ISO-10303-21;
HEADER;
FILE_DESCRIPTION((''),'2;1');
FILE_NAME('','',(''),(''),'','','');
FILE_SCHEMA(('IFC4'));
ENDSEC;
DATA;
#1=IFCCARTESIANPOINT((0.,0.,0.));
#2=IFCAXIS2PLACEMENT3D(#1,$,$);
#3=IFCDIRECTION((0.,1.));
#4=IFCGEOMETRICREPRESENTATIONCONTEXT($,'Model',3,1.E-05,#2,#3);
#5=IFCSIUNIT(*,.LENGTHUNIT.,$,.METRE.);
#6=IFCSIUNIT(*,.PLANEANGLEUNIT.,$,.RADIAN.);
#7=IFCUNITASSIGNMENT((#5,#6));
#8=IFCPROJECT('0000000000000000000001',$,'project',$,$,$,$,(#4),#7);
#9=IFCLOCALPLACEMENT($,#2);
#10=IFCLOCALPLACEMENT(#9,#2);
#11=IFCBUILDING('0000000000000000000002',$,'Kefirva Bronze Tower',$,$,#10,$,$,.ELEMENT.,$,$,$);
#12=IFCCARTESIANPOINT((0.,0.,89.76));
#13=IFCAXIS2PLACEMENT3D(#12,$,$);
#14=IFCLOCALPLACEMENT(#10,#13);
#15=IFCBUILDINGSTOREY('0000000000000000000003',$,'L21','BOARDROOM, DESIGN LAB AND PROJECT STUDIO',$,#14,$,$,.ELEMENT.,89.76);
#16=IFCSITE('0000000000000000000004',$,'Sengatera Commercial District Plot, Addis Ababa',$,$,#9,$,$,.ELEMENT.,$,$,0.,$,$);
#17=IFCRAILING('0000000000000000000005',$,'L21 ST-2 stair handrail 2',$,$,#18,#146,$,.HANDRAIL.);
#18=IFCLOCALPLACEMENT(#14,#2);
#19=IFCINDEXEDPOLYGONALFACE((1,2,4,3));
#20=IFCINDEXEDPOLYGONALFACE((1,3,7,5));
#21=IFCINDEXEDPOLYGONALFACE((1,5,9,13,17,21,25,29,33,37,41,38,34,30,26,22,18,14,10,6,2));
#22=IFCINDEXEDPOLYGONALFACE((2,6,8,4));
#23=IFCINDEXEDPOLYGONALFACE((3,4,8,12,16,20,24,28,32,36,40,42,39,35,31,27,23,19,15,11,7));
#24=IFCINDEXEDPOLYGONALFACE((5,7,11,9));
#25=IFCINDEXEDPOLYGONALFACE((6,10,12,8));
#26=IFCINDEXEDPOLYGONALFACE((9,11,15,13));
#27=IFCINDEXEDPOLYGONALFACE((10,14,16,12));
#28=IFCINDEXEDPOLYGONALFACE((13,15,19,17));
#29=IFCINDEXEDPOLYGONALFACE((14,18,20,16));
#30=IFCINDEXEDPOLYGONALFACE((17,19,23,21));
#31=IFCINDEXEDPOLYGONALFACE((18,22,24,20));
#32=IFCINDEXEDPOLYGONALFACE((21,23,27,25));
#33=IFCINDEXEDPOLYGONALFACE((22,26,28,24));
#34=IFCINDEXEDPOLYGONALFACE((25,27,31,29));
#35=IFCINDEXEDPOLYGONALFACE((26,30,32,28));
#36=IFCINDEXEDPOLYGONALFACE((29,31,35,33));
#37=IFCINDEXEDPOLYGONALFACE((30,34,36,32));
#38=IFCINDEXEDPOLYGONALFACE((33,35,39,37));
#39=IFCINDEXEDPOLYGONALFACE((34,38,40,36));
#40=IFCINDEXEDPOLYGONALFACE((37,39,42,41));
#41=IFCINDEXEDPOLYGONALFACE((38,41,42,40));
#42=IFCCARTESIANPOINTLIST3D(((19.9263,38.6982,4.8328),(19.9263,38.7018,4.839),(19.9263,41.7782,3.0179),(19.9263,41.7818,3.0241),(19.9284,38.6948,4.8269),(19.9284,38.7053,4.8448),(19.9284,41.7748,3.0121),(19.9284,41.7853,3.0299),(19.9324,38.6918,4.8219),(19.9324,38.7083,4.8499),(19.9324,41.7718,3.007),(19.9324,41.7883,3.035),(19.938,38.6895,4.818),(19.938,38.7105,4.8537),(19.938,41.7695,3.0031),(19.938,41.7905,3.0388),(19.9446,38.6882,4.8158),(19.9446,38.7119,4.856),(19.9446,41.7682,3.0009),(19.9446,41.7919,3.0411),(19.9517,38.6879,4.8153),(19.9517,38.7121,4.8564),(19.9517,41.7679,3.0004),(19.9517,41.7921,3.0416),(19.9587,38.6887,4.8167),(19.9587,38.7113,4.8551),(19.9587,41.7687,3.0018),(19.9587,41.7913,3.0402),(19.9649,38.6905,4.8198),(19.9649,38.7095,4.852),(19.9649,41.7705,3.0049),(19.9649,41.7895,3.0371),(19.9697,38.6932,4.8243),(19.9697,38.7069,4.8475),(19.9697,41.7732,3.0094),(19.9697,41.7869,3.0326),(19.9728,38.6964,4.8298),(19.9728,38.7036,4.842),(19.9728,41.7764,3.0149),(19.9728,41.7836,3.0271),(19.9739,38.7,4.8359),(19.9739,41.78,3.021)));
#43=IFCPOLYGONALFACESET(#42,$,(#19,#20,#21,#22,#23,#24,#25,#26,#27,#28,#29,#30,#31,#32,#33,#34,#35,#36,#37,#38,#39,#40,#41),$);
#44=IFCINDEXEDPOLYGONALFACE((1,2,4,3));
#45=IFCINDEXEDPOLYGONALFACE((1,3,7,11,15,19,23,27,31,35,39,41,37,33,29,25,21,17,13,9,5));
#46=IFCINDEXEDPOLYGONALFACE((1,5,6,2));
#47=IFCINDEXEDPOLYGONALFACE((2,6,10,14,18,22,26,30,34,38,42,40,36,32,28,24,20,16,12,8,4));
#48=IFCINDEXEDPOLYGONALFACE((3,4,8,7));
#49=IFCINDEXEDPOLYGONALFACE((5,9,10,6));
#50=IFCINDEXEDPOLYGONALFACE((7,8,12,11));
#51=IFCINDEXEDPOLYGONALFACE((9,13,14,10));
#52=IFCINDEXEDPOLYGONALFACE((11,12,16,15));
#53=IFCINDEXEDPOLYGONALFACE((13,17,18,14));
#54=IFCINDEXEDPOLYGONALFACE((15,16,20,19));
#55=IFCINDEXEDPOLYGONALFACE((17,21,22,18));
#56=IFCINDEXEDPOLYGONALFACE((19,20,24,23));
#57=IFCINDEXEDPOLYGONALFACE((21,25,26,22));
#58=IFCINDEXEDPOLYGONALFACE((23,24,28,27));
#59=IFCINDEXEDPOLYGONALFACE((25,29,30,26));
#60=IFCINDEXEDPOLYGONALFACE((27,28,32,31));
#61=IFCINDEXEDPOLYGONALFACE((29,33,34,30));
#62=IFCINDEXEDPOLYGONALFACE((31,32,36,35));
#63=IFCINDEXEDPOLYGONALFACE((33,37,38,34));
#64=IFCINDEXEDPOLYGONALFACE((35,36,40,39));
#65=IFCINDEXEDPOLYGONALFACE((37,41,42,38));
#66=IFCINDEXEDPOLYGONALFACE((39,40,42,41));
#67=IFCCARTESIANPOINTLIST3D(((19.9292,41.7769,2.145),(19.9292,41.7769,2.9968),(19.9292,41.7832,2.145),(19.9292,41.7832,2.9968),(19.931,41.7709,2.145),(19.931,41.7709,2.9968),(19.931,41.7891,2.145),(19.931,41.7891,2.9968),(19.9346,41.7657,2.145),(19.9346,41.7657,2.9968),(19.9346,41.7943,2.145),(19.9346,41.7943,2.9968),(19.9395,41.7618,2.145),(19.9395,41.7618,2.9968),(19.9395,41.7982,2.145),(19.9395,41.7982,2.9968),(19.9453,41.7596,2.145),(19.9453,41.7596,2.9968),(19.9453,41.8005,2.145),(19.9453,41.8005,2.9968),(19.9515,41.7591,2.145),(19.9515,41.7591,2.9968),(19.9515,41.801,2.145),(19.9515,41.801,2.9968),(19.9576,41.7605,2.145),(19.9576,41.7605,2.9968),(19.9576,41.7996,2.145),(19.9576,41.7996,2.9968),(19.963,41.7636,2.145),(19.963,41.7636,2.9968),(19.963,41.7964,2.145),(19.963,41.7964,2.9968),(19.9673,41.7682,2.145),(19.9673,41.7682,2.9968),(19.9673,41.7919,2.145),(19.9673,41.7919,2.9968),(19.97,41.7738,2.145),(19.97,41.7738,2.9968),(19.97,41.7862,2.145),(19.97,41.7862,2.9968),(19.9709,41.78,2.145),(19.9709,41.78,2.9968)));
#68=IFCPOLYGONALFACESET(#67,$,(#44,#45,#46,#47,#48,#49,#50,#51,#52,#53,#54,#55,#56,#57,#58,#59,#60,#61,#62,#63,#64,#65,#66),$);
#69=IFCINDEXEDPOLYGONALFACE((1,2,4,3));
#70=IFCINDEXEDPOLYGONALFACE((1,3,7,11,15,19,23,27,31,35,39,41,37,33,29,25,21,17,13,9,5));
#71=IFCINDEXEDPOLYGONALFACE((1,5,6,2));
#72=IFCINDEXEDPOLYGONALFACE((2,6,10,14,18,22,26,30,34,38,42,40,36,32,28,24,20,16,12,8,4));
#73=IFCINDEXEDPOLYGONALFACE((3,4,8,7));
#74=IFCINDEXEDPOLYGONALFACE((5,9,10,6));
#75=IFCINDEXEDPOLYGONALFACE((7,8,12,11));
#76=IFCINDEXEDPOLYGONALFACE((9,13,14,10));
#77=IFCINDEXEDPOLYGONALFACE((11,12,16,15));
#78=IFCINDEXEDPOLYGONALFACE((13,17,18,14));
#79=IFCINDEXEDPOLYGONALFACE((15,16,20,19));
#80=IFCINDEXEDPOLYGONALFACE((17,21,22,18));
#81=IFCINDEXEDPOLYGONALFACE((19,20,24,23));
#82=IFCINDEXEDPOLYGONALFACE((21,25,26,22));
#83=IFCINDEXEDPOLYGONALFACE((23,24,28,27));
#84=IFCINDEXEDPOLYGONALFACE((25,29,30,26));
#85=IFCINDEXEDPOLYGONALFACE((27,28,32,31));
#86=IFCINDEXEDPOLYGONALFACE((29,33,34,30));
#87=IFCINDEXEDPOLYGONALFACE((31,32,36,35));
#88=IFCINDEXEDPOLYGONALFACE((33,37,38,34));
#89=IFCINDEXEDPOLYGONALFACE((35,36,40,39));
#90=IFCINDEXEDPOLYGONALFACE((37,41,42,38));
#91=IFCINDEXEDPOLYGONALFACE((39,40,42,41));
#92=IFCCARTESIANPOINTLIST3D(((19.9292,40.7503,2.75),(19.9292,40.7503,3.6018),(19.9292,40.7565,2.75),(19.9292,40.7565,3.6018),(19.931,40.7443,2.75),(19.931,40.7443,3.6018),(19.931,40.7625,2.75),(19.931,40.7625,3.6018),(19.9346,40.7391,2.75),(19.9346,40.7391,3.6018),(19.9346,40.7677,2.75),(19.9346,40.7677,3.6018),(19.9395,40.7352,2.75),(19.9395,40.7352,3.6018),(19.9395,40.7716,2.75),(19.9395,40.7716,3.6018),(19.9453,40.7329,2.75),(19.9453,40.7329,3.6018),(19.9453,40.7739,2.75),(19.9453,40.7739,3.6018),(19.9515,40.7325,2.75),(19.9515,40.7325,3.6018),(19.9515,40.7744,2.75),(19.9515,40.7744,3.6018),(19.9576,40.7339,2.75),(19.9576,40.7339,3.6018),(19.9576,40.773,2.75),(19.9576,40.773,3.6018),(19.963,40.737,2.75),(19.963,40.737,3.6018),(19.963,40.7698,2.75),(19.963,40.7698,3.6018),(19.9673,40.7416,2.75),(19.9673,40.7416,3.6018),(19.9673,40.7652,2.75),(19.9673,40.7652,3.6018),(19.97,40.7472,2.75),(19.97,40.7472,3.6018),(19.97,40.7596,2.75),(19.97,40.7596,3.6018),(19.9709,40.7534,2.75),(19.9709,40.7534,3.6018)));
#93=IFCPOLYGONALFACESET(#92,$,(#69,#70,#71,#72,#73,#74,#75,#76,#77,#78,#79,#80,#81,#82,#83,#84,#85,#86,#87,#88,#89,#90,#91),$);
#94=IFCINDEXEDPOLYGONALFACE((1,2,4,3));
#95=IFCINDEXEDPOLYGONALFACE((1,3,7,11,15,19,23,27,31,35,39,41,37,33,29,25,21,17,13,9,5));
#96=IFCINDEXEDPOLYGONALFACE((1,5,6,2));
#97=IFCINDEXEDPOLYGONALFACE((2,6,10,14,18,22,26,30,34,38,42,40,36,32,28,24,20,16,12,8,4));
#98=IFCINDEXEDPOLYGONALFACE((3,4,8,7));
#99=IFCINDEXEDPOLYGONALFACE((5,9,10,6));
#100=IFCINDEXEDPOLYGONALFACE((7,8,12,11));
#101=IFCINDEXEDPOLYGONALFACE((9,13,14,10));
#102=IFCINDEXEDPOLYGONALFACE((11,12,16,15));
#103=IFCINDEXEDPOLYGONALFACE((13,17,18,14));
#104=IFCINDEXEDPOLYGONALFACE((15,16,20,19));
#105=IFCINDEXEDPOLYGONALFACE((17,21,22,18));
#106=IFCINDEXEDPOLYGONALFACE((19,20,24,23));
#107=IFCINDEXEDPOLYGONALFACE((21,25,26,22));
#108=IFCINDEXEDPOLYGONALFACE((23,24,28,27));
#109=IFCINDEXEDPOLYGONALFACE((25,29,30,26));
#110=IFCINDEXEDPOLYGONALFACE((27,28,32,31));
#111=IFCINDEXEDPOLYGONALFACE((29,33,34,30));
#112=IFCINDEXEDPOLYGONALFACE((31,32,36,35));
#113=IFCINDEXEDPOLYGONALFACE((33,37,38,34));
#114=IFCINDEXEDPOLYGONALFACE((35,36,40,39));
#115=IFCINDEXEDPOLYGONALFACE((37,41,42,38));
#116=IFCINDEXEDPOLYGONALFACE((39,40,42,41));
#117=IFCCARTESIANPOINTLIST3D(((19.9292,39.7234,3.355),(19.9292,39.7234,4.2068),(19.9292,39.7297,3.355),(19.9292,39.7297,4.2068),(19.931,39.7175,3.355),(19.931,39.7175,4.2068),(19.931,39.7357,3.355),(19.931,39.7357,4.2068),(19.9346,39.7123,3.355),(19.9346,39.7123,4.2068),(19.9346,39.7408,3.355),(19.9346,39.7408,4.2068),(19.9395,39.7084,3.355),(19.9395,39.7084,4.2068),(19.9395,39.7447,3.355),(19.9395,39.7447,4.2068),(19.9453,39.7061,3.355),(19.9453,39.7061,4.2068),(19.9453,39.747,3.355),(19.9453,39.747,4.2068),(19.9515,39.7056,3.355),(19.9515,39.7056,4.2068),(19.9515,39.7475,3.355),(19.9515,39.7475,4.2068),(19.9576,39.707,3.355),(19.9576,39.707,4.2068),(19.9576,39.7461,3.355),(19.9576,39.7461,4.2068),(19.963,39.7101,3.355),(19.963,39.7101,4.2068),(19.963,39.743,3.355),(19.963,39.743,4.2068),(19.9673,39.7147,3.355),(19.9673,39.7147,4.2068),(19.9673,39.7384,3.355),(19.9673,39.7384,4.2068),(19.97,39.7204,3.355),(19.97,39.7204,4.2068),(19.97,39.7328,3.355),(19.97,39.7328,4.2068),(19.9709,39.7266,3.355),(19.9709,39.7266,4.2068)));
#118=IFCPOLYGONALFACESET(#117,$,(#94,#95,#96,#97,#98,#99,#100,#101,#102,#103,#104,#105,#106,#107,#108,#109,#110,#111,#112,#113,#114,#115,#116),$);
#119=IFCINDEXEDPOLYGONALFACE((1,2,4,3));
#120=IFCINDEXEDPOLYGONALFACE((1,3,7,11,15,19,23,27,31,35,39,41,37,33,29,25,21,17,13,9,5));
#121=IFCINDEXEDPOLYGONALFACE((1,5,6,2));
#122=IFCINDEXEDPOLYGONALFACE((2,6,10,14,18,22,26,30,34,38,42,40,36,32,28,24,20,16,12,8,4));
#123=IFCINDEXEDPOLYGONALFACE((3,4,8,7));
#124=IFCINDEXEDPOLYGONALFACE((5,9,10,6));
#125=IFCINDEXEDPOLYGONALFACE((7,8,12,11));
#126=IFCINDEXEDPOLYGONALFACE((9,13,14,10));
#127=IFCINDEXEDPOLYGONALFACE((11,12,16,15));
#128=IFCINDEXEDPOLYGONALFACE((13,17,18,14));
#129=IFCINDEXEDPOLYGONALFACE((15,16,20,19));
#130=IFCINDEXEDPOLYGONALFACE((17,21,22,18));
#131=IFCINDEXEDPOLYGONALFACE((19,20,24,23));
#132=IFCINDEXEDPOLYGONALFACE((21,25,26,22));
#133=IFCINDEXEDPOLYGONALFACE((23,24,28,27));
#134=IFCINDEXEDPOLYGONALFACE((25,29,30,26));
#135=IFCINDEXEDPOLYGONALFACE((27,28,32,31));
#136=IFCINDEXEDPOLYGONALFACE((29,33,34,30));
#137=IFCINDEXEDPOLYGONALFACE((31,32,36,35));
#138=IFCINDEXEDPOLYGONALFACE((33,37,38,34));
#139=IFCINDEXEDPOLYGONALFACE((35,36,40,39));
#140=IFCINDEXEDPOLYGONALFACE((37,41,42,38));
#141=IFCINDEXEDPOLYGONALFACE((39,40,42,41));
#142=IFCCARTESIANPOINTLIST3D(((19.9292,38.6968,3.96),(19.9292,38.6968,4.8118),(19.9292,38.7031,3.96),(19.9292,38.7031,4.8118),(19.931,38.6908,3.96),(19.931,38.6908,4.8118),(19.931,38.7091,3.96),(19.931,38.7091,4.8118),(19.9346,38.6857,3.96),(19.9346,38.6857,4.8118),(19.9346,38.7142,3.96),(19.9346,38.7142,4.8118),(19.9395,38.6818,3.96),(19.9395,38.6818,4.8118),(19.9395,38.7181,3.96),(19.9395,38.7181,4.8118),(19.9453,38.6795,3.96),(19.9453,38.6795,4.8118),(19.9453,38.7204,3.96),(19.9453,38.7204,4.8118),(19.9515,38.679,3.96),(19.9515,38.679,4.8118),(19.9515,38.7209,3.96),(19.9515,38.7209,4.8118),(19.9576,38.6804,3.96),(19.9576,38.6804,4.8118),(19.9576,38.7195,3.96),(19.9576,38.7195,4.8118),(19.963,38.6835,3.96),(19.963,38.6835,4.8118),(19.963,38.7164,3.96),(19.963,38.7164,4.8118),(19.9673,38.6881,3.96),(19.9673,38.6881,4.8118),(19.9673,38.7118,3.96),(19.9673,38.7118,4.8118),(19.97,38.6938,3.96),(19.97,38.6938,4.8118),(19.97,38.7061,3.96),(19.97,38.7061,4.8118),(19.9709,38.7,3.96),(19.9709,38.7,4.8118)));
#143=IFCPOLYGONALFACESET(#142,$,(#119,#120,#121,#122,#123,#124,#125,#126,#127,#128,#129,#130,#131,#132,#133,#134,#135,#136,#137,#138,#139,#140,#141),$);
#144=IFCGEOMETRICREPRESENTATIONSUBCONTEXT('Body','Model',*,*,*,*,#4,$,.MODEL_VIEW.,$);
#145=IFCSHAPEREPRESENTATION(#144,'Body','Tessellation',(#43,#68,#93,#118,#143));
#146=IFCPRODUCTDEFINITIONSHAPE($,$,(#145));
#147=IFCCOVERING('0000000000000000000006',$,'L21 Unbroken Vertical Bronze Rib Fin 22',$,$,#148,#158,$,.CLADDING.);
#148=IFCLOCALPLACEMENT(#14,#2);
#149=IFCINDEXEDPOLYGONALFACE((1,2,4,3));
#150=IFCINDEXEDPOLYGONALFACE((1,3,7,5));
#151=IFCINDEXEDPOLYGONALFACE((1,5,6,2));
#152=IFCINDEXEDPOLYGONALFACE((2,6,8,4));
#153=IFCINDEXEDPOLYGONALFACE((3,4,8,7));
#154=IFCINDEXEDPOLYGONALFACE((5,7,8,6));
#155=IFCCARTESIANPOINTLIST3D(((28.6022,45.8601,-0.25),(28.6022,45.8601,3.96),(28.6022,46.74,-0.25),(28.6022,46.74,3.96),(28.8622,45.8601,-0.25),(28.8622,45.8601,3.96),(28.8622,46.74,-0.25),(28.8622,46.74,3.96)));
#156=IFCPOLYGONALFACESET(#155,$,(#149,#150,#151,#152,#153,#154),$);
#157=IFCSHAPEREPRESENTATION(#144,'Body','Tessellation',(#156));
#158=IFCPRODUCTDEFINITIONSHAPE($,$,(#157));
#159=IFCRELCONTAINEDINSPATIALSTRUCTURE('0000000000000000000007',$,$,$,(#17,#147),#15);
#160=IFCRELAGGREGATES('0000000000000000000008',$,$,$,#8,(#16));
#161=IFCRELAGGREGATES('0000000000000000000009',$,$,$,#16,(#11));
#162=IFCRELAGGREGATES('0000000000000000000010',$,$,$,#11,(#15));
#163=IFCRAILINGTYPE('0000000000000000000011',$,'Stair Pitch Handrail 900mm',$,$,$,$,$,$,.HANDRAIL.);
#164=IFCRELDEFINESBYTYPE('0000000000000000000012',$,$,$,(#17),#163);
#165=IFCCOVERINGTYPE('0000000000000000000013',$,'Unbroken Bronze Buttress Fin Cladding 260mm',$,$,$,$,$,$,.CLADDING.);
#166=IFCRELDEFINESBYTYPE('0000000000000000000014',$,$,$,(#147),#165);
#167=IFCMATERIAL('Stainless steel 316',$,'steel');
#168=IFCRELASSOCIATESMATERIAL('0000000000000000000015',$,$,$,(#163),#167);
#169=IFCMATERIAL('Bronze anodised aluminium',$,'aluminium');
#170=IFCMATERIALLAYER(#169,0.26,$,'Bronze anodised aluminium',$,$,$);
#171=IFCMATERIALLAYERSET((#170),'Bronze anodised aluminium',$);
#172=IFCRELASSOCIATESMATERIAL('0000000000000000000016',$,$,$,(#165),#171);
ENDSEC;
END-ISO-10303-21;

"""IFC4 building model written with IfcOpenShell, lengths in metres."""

from ifc_helpers import new_model, si_unit, direction, frame, origin, origin_2d, place, context, subcontext, project, spatial, rectangle, circle, extrude, material, layer, layer_set, type_object, element, save


model = new_model("IFC4")

# Units and contexts
model_context = context("Model", 3, precision=1e-05, world=origin(), true_north=direction((0.0, 1.0)))
body_context = subcontext(model_context, "Body", "Model", "MODEL_VIEW")
ifc_project = project(units=[si_unit("LENGTHUNIT", "METRE"), si_unit("PLANEANGLEUNIT", "RADIAN")], contexts=[model_context])

# Site, building, storey
site_placement = place(None, origin())
site = spatial("IfcSite", under=ifc_project, at=site_placement, Name="Sengatera Commercial District Plot, Addis Ababa", CompositionType="ELEMENT", RefElevation=0.0)
building_placement = place(site_placement, origin())
building = spatial("IfcBuilding", under=site, at=building_placement, Name="Kefirva Bronze Tower", CompositionType="ELEMENT")
storey_placement = place(building_placement, frame((0.0, 0.0, 89.76)))
storey = spatial("IfcBuildingStorey", under=building, at=storey_placement, Name="L21", Description="BOARDROOM, DESIGN LAB AND PROJECT STUDIO", CompositionType="ELEMENT", Elevation=89.76)

# Shared definitions
ifc_material_1 = material(Name="Bronze anodised aluminium", Category="aluminium")

# Railing
ifc_material_2 = material(Name="Stainless steel 316", Category="steel")
railing_type_1 = type_object("IfcRailingType", Name="Stair Pitch Handrail 900mm", PredefinedType="HANDRAIL", material=ifc_material_2)
railing_1_placement = place(storey_placement, frame((19.95, 41.78, 2.145)))
element("IfcRailing", 1, at=railing_1_placement, inside=storey, type_object=railing_type_1, Name="L21 ST-2 stair handrail 2", PredefinedType="HANDRAIL", context=body_context, shape_type="SweptSolid", body=[
    extrude(circle(Radius=0.0239, at=origin_2d()), frame((0.0, 0.0, 0.876), z_axis=(0.0, -0.861551, 0.507671), x_axis=(1.0, 0.0, 0.0)), (0.0, 0.0, 1.0), 3.575),
    extrude(circle(Radius=0.021, at=origin_2d()), origin(), (0.0, 0.0, 1.0), 0.8518),
    extrude(circle(Radius=0.021, at=origin_2d()), frame((0.0, -1.0266, 0.605)), (0.0, 0.0, 1.0), 0.8518),
    extrude(circle(Radius=0.021, at=origin_2d()), frame((0.0, -2.0535, 1.21)), (0.0, 0.0, 1.0), 0.8518),
    extrude(circle(Radius=0.021, at=origin_2d()), frame((0.0, -3.0801, 1.8149)), (0.0, 0.0, 1.0), 0.8518),
])

# Covering
ifc_layer_1 = layer(ifc_material_1, 0.26, Name="Bronze anodised aluminium")
ifc_layer_set_1 = layer_set([ifc_layer_1], Name="Bronze anodised aluminium")
covering_type = type_object("IfcCoveringType", Name="Unbroken Bronze Buttress Fin Cladding 260mm", PredefinedType="CLADDING", material=ifc_layer_set_1)
covering_placement = place(storey_placement, frame((28.7322, 46.3, -0.25), z_axis=(0.0, 0.0, 1.0), x_axis=(-1.0, 0.0, 0.0)))
element("IfcCovering", 2, at=covering_placement, inside=storey, type_object=covering_type, Name="L21 Unbroken Vertical Bronze Rib Fin 22", PredefinedType="CLADDING", context=body_context, shape_type="SweptSolid", body=[
    extrude(rectangle(XDim=0.26, YDim=0.8799, at=origin_2d()), origin(), (0.0, 0.0, 1.0), 4.21),
])

save(model, "model.ifc")
